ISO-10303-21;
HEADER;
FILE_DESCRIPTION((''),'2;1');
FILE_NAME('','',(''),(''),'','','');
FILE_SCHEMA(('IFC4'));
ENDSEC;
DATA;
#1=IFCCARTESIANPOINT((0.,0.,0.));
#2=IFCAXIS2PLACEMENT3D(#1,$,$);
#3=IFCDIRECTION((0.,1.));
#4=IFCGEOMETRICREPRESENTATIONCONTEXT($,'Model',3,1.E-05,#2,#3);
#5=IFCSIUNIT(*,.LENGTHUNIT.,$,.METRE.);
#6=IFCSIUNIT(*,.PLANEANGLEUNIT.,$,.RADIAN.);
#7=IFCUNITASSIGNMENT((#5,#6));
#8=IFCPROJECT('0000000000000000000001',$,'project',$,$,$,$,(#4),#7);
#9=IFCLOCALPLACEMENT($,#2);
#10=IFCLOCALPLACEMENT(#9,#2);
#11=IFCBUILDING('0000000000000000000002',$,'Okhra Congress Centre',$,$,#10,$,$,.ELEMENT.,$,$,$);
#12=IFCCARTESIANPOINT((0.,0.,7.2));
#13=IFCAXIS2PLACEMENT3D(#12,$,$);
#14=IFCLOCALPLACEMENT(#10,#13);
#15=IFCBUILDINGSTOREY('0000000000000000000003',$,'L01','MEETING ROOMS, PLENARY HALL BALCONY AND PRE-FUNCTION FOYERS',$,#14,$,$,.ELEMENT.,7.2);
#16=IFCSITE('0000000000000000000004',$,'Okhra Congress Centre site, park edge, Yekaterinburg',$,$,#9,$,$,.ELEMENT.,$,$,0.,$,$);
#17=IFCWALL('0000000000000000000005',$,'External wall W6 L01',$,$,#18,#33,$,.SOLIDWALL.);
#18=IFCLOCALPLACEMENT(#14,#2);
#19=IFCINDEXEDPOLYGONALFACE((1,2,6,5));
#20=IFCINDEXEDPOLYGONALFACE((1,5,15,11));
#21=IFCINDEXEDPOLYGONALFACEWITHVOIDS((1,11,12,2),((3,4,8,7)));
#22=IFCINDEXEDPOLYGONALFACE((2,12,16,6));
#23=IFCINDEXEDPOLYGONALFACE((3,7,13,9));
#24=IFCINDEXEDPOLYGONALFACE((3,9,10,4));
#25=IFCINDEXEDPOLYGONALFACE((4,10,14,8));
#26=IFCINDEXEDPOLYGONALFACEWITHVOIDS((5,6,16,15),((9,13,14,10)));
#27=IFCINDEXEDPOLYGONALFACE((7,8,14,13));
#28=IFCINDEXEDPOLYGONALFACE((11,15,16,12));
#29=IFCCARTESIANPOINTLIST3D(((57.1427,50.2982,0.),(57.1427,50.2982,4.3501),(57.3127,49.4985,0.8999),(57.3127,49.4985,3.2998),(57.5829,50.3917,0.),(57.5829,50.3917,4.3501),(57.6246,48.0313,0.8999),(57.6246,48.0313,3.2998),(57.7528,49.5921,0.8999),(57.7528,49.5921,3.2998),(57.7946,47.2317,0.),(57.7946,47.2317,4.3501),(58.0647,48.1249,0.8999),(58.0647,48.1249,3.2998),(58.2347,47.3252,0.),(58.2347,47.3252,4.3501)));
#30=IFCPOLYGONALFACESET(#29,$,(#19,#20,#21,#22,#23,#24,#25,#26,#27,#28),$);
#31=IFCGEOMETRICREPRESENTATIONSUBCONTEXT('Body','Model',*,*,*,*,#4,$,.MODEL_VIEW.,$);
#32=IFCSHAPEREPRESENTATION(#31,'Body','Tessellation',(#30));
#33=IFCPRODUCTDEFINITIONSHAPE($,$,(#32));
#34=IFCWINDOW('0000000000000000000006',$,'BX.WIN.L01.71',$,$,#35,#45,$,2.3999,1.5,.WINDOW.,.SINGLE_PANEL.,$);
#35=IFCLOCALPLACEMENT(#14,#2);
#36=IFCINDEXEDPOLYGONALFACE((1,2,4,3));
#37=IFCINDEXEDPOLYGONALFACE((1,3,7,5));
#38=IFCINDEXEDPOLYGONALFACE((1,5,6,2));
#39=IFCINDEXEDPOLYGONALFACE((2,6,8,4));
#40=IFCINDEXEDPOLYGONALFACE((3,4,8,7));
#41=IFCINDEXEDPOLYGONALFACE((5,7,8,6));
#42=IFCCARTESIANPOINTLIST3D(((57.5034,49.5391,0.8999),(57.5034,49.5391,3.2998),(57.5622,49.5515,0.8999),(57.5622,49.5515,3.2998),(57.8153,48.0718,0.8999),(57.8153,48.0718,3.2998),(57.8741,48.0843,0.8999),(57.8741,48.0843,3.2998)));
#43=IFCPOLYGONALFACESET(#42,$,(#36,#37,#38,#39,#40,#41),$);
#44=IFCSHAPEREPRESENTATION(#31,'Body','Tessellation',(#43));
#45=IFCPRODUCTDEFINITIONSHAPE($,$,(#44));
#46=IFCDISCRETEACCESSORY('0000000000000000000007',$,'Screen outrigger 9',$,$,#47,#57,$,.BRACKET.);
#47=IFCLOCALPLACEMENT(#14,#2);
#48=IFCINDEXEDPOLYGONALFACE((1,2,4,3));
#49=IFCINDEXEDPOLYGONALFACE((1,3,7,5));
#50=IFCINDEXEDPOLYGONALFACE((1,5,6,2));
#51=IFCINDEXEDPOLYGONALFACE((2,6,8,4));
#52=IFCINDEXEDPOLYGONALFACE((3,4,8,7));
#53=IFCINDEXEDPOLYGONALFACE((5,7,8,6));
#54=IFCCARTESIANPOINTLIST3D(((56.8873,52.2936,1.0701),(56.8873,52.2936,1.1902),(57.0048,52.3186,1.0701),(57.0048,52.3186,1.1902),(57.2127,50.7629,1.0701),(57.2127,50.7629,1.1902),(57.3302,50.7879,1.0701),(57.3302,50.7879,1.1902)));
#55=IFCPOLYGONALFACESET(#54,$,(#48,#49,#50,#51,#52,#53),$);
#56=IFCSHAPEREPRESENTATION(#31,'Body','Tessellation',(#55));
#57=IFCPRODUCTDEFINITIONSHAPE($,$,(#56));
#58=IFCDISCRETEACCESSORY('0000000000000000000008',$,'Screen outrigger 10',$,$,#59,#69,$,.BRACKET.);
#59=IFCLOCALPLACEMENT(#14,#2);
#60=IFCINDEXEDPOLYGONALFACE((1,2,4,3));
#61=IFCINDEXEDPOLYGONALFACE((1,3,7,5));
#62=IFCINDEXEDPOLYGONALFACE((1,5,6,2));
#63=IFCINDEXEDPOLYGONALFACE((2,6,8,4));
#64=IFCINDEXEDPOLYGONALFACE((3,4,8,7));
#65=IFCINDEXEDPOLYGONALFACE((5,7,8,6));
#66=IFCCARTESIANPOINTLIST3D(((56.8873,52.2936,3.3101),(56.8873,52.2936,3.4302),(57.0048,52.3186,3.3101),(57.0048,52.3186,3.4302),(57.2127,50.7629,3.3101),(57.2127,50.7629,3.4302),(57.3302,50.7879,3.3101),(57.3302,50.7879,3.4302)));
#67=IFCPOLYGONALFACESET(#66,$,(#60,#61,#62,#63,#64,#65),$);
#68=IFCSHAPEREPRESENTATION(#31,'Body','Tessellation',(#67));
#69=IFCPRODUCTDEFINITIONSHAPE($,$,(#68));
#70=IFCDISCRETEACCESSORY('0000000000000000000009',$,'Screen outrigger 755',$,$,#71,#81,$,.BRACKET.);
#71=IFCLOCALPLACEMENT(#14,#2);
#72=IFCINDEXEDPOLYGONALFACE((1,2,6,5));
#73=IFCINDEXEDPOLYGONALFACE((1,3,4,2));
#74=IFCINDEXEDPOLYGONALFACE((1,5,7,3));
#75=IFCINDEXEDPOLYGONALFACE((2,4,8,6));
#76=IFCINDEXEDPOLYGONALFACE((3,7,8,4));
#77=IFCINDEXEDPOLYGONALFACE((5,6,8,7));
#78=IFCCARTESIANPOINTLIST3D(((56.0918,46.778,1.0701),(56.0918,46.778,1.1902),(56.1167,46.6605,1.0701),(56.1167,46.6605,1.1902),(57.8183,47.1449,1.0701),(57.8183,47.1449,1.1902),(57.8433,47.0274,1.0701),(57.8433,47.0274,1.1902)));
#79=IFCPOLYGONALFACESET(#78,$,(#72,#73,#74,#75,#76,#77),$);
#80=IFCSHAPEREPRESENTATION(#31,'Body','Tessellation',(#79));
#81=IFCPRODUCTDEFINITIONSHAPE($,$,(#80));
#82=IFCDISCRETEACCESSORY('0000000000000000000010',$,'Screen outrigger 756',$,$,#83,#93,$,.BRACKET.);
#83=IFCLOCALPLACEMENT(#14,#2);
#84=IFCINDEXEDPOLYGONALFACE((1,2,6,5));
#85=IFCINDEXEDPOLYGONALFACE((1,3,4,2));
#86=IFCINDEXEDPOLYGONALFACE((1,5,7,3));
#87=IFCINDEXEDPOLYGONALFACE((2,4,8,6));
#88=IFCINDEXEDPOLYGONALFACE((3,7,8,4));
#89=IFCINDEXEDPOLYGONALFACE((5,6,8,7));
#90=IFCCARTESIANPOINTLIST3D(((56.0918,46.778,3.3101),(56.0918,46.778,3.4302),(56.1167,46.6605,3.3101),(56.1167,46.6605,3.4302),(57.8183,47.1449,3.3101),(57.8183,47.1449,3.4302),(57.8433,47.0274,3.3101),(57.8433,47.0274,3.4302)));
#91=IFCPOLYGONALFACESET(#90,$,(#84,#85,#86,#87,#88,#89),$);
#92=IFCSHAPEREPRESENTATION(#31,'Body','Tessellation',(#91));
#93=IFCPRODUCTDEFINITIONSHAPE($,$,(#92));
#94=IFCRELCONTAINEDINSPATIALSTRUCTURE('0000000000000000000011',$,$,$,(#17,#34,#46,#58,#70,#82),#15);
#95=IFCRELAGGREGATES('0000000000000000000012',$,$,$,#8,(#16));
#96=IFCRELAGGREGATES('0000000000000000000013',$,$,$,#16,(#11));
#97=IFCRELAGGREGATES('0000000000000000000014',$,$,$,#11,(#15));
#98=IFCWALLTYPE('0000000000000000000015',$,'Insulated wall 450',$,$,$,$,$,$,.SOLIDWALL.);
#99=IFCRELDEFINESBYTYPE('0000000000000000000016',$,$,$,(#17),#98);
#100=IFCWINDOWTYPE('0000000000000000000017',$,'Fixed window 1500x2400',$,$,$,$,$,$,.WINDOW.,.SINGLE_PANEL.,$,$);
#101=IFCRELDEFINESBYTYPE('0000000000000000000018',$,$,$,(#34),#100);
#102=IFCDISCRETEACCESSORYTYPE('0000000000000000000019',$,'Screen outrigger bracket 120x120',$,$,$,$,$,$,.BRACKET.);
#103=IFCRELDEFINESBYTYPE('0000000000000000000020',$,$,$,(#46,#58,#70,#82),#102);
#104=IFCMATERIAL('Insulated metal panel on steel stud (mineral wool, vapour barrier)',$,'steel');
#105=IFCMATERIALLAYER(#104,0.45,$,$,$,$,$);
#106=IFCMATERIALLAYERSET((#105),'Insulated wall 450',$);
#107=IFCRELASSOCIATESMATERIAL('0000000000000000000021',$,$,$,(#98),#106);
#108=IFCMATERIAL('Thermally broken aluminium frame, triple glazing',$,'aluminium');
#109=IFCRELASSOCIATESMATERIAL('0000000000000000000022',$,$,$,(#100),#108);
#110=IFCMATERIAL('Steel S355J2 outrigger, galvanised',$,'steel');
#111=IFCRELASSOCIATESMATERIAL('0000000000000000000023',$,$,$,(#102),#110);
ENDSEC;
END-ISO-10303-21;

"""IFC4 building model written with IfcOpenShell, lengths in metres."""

from ifc_helpers import new_model, si_unit, direction, frame, frame_2d, origin, origin_2d, place, context, subcontext, project, spatial, rectangle, extrude, material, layer, layer_set, material_profile, profile_set, type_object, element, fill, save


model = new_model("IFC4")

# Units and contexts
model_context = context("Model", 3, precision=1e-05, world=origin(), true_north=direction((0.0, 1.0)))
body_context = subcontext(model_context, "Body", "Model", "MODEL_VIEW")
ifc_project = project(units=[si_unit("LENGTHUNIT", "METRE"), si_unit("PLANEANGLEUNIT", "RADIAN")], contexts=[model_context])

# Site, building, storey
site_placement = place(None, origin())
site = spatial("IfcSite", under=ifc_project, at=site_placement, Name="Okhra Congress Centre site, park edge, Yekaterinburg", CompositionType="ELEMENT", RefElevation=0.0)
building_placement = place(site_placement, origin())
building = spatial("IfcBuilding", under=site, at=building_placement, Name="Okhra Congress Centre", CompositionType="ELEMENT")
storey_placement = place(building_placement, frame((0.0, 0.0, 7.2)))
storey = spatial("IfcBuildingStorey", under=building, at=storey_placement, Name="L01", Description="MEETING ROOMS, PLENARY HALL BALCONY AND PRE-FUNCTION FOYERS", CompositionType="ELEMENT", Elevation=7.2)

# Wall, opening, window
ifc_material_1 = material(Name="Insulated metal panel on steel stud (mineral wool, vapour barrier)", Category="steel")
ifc_layer_1 = layer(ifc_material_1, 0.45)
ifc_layer_set_1 = layer_set([ifc_layer_1], Name="Insulated wall 450")
wall_type = type_object("IfcWallType", Name="Insulated wall 450", PredefinedType="SOLIDWALL", material=ifc_layer_set_1)
ifc_material_2 = material(Name="Thermally broken aluminium frame, triple glazing", Category="aluminium")
window_type = type_object("IfcWindowType", Name="Fixed window 1500x2400", PartitioningType="SINGLE_PANEL", PredefinedType="WINDOW", material=ifc_material_2)
wall_1_placement = place(storey_placement, frame((58.0146, 47.2786, 0.0), z_axis=(0.0, 0.0, 1.0), x_axis=(-0.207933, 0.978143, 0.0)))
wall_1 = element("IfcWall", 1, at=wall_1_placement, inside=storey, type_object=wall_type, Name="External wall W6 L01", PredefinedType="SOLIDWALL", context=body_context, shape_type="SweptSolid", body=[
    extrude(rectangle(XDim=3.135, YDim=0.45, at=frame_2d((1.5674, 0.0))), origin(), (0.0, 0.0, 1.0), 4.3501),
])
opening_1_placement = place(wall_1_placement, frame((0.8174, 0.0, 0.8999)))
opening_1 = element("IfcOpeningElement", 2, at=opening_1_placement, cuts=wall_1, PredefinedType="OPENING", context=body_context, shape_type="SweptSolid", body=[
    extrude(rectangle(XDim=1.5, YDim=2.3999, at=frame_2d((0.75, 1.2))), frame((0.0, 0.2349, 0.0), z_axis=(0.0, -1.0, 0.0), x_axis=(1.0, 0.0, 0.0)), (0.0, 0.0, 1.0), 0.47),
])
window_1_placement = place(opening_1_placement, origin())
window_1 = element("IfcWindow", 3, at=window_1_placement, inside=storey, type_object=window_type, Name="BX.WIN.L01.71", OverallHeight=2.3999, OverallWidth=1.5, PartitioningType="SINGLE_PANEL", PredefinedType="WINDOW", context=body_context, shape_type="SweptSolid", body=[
    extrude(rectangle(XDim=1.5, YDim=2.3999, at=frame_2d((0.75, 1.2))), frame((0.0, 0.03, 0.0), z_axis=(0.0, -1.0, 0.0), x_axis=(1.0, 0.0, 0.0)), (0.0, 0.0, 1.0), 0.0601),
])
fill(opening_1, window_1)

# Discrete accessories
ifc_material_3 = material(Name="Steel S355J2 outrigger, galvanised", Category="steel")
ifc_material_profile_1 = material_profile(ifc_material_3, rectangle(XDim=0.1201, YDim=0.1201, at=origin_2d()), Name="Screen outrigger bracket 120x120")
ifc_profile_set_1 = profile_set([ifc_material_profile_1], Name="Steel S355J2 outrigger, galvanised")
discrete_accessory_type = type_object("IfcDiscreteAccessoryType", Name="Screen outrigger bracket 120x120", PredefinedType="BRACKET", material=ifc_profile_set_1)
for number, where, z_axis, x_axis, name in (
    (4, (57.2715, 50.7754, 1.1301), (-0.207952, 0.978139, 0.0), (-0.978139, -0.207952, 0.0), "Screen outrigger 9"),
    (5, (57.2715, 50.7754, 3.3701), (-0.207952, 0.978139, 0.0), (-0.978139, -0.207952, 0.0), "Screen outrigger 10"),
):
    element("IfcDiscreteAccessory", number, at=place(storey_placement, frame(where, z_axis=z_axis, x_axis=x_axis)), inside=storey, type_object=discrete_accessory_type, Name=name, PredefinedType="BRACKET", context=body_context, shape_type="SweptSolid", body=[
        extrude(rectangle(XDim=0.1201, YDim=0.1201, at=origin_2d()), origin(), (0.0, 0.0, 1.0), 1.5649),
    ])
for number, where, z_axis, x_axis, name in (
    (6, (57.8308, 47.0862, 1.1301), (-0.978153, -0.207885, 0.0), (0.207885, -0.978153, 0.0), "Screen outrigger 755"),
    (7, (57.8308, 47.0862, 3.3701), (-0.978153, -0.207885, 0.0), (0.207885, -0.978153, 0.0), "Screen outrigger 756"),
):
    element("IfcDiscreteAccessory", number, at=place(storey_placement, frame(where, z_axis=z_axis, x_axis=x_axis)), inside=storey, type_object=discrete_accessory_type, Name=name, PredefinedType="BRACKET", context=body_context, shape_type="SweptSolid", body=[
        extrude(rectangle(XDim=0.1201, YDim=0.1201, at=origin_2d()), origin(), (0.0, 0.0, 1.0), 1.7651),
    ])

save(model, "model.ifc")
